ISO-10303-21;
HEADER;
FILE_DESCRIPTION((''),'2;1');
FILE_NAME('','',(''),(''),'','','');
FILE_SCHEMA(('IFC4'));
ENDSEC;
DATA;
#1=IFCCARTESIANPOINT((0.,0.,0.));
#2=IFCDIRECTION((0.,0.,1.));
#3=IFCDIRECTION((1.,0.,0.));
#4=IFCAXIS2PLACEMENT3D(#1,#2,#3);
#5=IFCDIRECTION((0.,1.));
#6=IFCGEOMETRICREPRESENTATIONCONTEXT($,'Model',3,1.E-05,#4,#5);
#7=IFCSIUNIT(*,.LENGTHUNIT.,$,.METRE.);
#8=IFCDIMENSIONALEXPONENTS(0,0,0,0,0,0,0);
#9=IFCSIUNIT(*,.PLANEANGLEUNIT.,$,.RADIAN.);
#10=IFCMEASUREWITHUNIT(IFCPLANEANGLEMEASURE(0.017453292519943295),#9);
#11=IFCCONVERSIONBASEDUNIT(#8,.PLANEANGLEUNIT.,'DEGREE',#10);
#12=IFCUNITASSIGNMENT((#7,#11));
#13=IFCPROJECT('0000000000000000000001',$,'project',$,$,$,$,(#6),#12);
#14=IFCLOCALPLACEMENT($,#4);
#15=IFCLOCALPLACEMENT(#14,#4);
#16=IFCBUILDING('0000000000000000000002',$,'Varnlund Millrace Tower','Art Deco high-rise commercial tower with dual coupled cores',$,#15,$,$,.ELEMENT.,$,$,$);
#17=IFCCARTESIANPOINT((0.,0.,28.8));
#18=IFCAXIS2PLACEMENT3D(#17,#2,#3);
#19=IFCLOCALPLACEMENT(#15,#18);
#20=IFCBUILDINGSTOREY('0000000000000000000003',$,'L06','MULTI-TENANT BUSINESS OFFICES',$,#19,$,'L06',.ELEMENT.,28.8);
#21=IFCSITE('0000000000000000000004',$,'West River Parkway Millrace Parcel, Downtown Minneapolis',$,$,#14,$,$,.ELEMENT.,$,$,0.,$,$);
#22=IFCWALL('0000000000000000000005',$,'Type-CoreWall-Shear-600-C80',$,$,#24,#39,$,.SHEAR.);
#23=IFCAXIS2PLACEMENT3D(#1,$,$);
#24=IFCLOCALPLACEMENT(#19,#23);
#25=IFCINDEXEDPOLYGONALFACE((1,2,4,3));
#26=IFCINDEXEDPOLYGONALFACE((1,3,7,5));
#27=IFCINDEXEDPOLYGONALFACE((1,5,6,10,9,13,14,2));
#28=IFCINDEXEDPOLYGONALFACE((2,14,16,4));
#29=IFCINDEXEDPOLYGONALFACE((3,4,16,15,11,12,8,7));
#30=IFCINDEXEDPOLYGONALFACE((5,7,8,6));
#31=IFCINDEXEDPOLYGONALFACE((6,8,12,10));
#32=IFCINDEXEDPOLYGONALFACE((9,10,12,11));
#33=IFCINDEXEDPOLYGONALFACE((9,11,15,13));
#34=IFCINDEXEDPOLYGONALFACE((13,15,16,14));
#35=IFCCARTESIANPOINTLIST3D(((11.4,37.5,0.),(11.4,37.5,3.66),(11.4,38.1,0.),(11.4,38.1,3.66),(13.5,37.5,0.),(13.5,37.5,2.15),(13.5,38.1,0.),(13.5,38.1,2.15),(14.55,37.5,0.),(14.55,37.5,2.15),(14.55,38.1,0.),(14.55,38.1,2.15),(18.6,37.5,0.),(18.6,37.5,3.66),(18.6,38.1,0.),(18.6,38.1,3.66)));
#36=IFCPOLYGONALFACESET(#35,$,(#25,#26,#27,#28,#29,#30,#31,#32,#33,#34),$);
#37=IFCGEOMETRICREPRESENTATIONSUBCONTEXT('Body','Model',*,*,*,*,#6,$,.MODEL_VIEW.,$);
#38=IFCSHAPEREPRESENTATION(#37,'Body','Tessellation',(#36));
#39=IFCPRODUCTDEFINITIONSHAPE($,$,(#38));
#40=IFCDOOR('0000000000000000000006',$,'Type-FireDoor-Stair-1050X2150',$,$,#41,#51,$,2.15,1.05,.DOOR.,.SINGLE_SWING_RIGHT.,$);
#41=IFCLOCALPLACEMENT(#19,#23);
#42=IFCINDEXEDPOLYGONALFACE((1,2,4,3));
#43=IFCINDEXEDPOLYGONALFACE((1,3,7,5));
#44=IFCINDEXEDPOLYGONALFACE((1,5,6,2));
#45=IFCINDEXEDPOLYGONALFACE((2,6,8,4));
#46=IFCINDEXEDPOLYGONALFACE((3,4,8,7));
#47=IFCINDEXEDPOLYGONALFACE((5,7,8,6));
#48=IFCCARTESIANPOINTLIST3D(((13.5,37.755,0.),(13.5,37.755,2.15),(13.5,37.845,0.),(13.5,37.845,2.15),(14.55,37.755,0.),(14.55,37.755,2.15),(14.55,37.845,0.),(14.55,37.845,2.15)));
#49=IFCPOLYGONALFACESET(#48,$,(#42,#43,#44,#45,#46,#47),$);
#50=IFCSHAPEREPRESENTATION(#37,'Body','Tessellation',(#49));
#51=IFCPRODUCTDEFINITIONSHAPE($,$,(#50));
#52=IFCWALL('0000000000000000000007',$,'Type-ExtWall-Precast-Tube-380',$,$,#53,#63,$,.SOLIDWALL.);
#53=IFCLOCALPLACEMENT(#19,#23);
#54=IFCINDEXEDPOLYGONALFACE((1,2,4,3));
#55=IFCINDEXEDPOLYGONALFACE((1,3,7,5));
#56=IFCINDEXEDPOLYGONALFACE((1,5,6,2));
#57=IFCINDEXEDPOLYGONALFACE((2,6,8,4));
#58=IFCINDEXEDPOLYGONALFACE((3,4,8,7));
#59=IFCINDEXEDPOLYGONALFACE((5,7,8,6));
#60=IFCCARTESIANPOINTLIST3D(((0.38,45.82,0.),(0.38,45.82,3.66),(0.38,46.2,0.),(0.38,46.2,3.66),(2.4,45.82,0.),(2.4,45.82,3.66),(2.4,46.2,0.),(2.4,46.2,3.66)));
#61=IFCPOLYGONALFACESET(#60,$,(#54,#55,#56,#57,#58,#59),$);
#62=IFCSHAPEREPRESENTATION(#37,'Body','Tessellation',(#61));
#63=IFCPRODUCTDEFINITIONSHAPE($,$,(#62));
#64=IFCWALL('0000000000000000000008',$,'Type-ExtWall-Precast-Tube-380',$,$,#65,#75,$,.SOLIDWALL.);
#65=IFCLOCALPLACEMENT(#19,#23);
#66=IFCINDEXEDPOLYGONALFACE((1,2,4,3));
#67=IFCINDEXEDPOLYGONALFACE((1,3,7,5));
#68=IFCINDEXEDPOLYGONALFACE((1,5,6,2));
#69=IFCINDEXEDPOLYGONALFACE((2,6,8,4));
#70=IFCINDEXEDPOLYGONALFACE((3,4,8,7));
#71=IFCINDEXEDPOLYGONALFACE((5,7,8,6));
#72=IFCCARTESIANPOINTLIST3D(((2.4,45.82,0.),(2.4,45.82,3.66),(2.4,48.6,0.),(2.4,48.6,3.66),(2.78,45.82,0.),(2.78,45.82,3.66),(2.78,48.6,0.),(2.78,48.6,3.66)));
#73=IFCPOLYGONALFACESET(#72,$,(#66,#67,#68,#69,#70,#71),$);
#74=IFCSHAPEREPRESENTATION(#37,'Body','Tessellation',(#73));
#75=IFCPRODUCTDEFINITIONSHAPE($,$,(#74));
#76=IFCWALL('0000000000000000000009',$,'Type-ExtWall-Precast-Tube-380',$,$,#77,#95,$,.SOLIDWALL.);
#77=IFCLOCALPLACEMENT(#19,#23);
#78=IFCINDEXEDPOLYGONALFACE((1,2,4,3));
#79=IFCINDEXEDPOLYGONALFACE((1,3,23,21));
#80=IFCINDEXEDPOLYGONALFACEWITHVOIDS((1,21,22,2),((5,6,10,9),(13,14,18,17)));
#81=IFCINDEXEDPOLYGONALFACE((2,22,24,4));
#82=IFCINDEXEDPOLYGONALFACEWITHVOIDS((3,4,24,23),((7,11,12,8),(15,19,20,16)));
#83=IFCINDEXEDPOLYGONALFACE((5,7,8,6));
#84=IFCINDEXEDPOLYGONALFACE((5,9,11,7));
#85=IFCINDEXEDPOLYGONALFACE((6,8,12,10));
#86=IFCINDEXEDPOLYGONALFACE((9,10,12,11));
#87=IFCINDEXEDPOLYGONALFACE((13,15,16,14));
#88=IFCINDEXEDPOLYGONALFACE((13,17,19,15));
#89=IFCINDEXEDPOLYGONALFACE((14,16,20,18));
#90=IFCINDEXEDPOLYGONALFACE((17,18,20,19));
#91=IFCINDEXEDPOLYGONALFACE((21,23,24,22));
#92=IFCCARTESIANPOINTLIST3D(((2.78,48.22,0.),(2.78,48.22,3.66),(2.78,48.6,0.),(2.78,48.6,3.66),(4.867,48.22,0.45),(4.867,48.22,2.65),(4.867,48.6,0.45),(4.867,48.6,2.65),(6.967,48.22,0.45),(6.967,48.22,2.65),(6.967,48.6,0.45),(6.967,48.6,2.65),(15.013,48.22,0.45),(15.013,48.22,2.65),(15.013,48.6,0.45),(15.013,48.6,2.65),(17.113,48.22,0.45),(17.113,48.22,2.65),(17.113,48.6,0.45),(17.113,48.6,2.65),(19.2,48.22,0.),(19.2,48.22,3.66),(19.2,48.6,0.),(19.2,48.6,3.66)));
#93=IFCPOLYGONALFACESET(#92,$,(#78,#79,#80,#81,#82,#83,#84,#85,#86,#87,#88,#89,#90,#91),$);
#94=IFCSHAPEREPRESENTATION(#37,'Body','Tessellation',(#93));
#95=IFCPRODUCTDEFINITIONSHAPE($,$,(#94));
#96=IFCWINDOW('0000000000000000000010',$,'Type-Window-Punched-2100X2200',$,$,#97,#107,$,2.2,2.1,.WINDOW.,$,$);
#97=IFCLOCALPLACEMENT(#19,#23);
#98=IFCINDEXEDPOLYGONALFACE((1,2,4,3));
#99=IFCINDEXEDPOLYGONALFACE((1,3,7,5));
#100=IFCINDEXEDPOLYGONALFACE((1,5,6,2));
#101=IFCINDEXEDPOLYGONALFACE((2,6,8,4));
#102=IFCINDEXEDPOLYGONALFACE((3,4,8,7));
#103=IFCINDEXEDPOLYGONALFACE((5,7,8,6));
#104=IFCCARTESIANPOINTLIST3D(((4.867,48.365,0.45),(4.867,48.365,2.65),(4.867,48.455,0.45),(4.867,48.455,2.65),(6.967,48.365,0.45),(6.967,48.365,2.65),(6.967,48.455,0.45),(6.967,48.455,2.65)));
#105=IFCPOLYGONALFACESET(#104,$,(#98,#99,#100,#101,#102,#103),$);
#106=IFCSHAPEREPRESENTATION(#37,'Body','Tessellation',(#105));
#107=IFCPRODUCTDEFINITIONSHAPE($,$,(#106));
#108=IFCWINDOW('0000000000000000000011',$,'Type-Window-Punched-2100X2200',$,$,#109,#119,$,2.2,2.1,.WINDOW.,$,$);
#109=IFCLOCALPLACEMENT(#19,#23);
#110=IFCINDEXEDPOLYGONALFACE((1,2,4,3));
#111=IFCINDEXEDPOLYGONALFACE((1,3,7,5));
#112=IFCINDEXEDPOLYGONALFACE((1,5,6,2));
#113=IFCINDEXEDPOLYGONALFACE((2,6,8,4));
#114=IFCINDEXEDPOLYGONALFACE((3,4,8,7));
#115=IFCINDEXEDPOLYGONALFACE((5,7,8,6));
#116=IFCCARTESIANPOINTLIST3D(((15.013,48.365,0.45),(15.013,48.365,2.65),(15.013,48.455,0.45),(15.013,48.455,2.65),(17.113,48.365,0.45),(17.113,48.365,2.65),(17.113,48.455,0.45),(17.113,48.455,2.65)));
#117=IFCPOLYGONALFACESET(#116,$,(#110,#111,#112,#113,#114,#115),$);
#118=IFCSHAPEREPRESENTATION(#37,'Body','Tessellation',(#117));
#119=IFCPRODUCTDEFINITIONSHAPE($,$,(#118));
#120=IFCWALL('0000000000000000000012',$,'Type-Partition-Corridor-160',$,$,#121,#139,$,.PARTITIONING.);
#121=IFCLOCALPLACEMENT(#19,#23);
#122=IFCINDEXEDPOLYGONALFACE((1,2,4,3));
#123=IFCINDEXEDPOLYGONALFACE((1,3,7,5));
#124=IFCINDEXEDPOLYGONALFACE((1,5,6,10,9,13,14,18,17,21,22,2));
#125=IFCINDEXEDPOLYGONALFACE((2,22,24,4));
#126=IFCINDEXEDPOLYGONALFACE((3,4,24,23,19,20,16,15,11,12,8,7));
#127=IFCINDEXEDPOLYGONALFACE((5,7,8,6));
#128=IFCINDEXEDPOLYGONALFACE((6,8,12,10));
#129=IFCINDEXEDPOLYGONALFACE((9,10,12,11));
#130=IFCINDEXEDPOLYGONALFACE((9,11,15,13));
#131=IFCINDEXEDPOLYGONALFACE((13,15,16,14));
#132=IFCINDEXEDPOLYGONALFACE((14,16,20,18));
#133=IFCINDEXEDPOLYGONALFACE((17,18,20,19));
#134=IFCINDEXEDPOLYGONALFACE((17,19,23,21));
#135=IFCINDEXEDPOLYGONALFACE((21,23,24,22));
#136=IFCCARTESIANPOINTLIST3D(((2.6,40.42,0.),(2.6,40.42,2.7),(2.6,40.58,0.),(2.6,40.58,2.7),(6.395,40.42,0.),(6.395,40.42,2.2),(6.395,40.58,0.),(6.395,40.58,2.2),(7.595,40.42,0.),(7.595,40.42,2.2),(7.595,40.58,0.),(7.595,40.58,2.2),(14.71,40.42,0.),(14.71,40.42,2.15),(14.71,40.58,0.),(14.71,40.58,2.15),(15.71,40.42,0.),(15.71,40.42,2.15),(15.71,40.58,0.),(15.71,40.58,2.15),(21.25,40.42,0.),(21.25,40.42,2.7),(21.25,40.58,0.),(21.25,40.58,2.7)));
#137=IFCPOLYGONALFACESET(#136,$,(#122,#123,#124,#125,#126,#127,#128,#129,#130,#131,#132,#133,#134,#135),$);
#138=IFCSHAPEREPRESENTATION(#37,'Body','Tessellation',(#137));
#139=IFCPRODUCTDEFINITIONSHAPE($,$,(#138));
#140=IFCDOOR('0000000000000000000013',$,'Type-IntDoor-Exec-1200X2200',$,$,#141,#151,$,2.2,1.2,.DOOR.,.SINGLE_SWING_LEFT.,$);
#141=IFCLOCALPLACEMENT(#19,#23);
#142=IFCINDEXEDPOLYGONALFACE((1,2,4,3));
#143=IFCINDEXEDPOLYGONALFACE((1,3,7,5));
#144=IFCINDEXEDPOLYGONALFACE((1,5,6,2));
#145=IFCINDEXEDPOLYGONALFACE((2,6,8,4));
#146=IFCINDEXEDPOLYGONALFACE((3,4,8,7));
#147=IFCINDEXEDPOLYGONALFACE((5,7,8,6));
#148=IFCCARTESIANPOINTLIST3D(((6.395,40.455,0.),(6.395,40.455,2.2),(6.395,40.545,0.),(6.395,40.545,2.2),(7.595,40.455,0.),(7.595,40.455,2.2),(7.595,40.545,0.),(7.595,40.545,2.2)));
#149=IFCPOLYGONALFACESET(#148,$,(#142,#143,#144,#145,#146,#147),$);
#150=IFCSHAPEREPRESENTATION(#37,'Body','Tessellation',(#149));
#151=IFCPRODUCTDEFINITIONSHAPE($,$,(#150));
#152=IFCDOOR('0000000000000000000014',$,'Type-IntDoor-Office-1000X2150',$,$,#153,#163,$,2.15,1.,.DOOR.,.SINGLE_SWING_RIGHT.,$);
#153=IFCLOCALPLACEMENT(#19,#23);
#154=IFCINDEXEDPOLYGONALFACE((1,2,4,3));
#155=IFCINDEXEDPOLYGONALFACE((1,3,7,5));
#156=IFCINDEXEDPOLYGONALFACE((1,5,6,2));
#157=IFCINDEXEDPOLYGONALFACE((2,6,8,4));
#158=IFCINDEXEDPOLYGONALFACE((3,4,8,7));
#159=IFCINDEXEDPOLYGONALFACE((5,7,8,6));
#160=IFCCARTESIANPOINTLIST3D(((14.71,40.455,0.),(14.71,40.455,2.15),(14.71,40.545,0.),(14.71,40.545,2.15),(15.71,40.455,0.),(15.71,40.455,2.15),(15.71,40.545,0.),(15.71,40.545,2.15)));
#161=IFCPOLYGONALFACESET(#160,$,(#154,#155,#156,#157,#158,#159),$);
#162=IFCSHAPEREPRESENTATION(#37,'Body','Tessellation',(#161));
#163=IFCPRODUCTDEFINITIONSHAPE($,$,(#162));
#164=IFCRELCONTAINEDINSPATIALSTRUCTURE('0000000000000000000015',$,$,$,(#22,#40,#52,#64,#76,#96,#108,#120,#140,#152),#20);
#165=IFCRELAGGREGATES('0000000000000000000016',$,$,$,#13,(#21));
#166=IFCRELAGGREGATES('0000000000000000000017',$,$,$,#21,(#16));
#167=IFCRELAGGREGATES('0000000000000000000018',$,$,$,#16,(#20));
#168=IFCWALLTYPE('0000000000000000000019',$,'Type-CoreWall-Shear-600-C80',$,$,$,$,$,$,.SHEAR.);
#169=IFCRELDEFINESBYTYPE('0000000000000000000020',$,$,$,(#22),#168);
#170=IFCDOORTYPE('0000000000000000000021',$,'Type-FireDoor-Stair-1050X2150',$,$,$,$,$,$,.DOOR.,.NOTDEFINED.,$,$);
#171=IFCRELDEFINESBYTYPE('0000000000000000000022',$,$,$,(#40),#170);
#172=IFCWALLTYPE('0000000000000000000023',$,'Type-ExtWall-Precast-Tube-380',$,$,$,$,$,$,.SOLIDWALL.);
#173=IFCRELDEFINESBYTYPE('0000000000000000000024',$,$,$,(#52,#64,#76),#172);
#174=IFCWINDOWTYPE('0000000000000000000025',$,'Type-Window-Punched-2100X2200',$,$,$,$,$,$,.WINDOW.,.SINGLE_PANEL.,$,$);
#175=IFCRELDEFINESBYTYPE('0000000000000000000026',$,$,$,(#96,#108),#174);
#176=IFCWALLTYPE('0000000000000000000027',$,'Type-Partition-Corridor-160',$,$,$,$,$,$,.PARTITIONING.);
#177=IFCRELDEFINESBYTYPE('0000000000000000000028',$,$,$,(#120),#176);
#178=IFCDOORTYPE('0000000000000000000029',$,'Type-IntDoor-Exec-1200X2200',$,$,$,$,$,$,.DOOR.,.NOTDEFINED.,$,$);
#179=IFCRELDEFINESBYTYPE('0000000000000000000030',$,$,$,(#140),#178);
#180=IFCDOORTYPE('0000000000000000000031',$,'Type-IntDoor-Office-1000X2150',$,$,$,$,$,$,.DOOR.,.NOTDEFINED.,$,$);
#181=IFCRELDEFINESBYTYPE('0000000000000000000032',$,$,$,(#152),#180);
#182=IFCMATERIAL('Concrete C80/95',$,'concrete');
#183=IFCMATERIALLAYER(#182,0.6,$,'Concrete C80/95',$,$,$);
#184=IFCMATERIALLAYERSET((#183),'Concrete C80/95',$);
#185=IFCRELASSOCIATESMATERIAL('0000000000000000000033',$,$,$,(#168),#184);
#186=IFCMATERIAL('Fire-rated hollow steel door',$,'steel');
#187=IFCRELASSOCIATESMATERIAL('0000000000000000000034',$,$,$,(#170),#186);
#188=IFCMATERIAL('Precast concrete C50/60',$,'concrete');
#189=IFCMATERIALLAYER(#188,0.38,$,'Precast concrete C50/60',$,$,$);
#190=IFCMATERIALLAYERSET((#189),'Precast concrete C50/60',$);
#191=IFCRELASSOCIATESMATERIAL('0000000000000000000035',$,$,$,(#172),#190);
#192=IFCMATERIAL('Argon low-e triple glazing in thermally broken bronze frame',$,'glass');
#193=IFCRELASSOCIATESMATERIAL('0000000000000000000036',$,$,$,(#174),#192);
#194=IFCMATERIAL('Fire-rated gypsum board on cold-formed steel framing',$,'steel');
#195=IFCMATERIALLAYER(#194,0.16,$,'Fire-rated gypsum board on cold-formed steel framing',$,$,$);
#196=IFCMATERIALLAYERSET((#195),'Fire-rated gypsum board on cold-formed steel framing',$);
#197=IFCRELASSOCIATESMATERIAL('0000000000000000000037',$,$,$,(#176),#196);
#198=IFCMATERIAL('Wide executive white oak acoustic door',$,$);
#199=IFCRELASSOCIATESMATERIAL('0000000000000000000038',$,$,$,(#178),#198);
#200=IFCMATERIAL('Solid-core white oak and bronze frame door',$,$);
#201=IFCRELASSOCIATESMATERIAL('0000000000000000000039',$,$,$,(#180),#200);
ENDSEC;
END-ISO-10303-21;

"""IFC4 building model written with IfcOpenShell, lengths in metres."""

from ifc_helpers import new_model, entity, si_unit, converted_unit, direction, frame, origin_with_axes, origin_2d_with_axis, place, context, subcontext, project, spatial, polyline, rectangle, outline, extrude, material, layer, layer_set, type_object, element, fill, save


model = new_model("IFC4")

# Units and contexts
model_context = context("Model", 3, precision=1e-05, world=origin_with_axes(), true_north=direction((0.0, 1.0)))
body_context = subcontext(model_context, "Body", "Model", "MODEL_VIEW")
ifc_project = project(units=[si_unit("LENGTHUNIT", "METRE"), converted_unit("PLANEANGLEUNIT", "DEGREE", entity("IfcPlaneAngleMeasure", 0.017453292519943295), si_unit("PLANEANGLEUNIT", "RADIAN"), dimensions=[0, 0, 0, 0, 0, 0, 0])], contexts=[model_context])

# Site, building, storey
site_placement = place(None, origin_with_axes())
site = spatial("IfcSite", under=ifc_project, at=site_placement, Name="West River Parkway Millrace Parcel, Downtown Minneapolis", CompositionType="ELEMENT", RefElevation=0.0)
building_placement = place(site_placement, origin_with_axes())
building = spatial("IfcBuilding", under=site, at=building_placement, Name="Varnlund Millrace Tower", Description="Art Deco high-rise commercial tower with dual coupled cores", CompositionType="ELEMENT")
storey_placement = place(building_placement, frame((0.0, 0.0, 28.8), z_axis=(0.0, 0.0, 1.0), x_axis=(1.0, 0.0, 0.0)))
storey = spatial("IfcBuildingStorey", under=building, at=storey_placement, Name="L06", Description="MULTI-TENANT BUSINESS OFFICES", LongName="L06", CompositionType="ELEMENT", Elevation=28.8)

# Shared definitions
ifc_material_1 = material(Name="Concrete C80/95", Category="concrete")

# Wall, opening, door
ifc_layer_1 = layer(ifc_material_1, 0.6, Name="Concrete C80/95")
ifc_layer_set_1 = layer_set([ifc_layer_1], Name="Concrete C80/95")
wall_type_1 = type_object("IfcWallType", Name="Type-CoreWall-Shear-600-C80", PredefinedType="SHEAR", material=ifc_layer_set_1)
wall_1_placement = place(storey_placement, frame((11.4, 37.8, 0.0), z_axis=(0.0, 0.0, 1.0), x_axis=(1.0, 0.0, 0.0)))
wall_1 = element("IfcWall", 1, at=wall_1_placement, inside=storey, type_object=wall_type_1, Name="Type-CoreWall-Shear-600-C80", PredefinedType="SHEAR", context=body_context, shape_type="SweptSolid", body=[
    extrude(outline(polyline([(0.0, -0.3), (7.2, -0.3), (7.2, 0.3), (0.0, 0.3), (0.0, -0.3)])), origin_with_axes(), (0.0, 0.0, 1.0), 3.66),
])
opening_1_placement = place(wall_1_placement, frame((2.625, 0.0, 0.0), z_axis=(0.0, 0.0, 1.0), x_axis=(1.0, 0.0, 0.0)))
opening_1 = element("IfcOpeningElement", 2, at=opening_1_placement, cuts=wall_1, PredefinedType="OPENING", context=body_context, shape_type="SweptSolid", body=[
    extrude(rectangle(XDim=1.05, YDim=0.62, at=origin_2d_with_axis()), origin_with_axes(), (0.0, 0.0, 1.0), 2.15),
])
ifc_material_2 = material(Name="Fire-rated hollow steel door", Category="steel")
door_type_1 = type_object("IfcDoorType", Name="Type-FireDoor-Stair-1050X2150", OperationType="NOTDEFINED", PredefinedType="DOOR", material=ifc_material_2)
door_1_placement = place(wall_1_placement, frame((2.625, 0.0, 0.0), z_axis=(0.0, 0.0, 1.0), x_axis=(1.0, 0.0, 0.0)))
door_1 = element("IfcDoor", 3, at=door_1_placement, inside=storey, type_object=door_type_1, Name="Type-FireDoor-Stair-1050X2150", OperationType="SINGLE_SWING_RIGHT", OverallHeight=2.15, OverallWidth=1.05, PredefinedType="DOOR", context=body_context, shape_type="SweptSolid", body=[
    extrude(rectangle(XDim=1.05, YDim=0.09, at=origin_2d_with_axis()), origin_with_axes(), (0.0, 0.0, 1.0), 2.15),
])
fill(opening_1, door_1)

# Walls
ifc_material_3 = material(Name="Precast concrete C50/60", Category="concrete")
ifc_layer_2 = layer(ifc_material_3, 0.38, Name="Precast concrete C50/60")
ifc_layer_set_2 = layer_set([ifc_layer_2], Name="Precast concrete C50/60")
wall_type_2 = type_object("IfcWallType", Name="Type-ExtWall-Precast-Tube-380", PredefinedType="SOLIDWALL", material=ifc_layer_set_2)
wall_2_placement = place(storey_placement, frame((0.38, 46.01, 0.0), z_axis=(0.0, 0.0, 1.0), x_axis=(1.0, 0.0, 0.0)))
element("IfcWall", 4, at=wall_2_placement, inside=storey, type_object=wall_type_2, Name="Type-ExtWall-Precast-Tube-380", PredefinedType="SOLIDWALL", context=body_context, shape_type="SweptSolid", body=[
    extrude(outline(polyline([(0.0, -0.19), (2.02, -0.19), (2.02, 0.19), (0.0, 0.19), (0.0, -0.19)])), origin_with_axes(), (0.0, 0.0, 1.0), 3.66),
])
wall_3_placement = place(storey_placement, frame((2.59, 45.82, 0.0), z_axis=(0.0, 0.0, 1.0), x_axis=(0.0, 1.0, 0.0)))
element("IfcWall", 5, at=wall_3_placement, inside=storey, type_object=wall_type_2, Name="Type-ExtWall-Precast-Tube-380", PredefinedType="SOLIDWALL", context=body_context, shape_type="SweptSolid", body=[
    extrude(outline(polyline([(0.0, -0.19), (2.78, -0.19), (2.78, 0.19), (0.0, 0.19), (0.0, -0.19)])), origin_with_axes(), (0.0, 0.0, 1.0), 3.66),
])

# Wall, openings, windows
wall_4_placement = place(storey_placement, frame((2.78, 48.41, 0.0), z_axis=(0.0, 0.0, 1.0), x_axis=(1.0, 0.0, 0.0)))
wall_4 = element("IfcWall", 6, at=wall_4_placement, inside=storey, type_object=wall_type_2, Name="Type-ExtWall-Precast-Tube-380", PredefinedType="SOLIDWALL", context=body_context, shape_type="SweptSolid", body=[
    extrude(outline(polyline([(0.0, -0.19), (16.42, -0.19), (16.42, 0.19), (0.0, 0.19), (0.0, -0.19)])), origin_with_axes(), (0.0, 0.0, 1.0), 3.66),
])
opening_2_placement = place(wall_4_placement, frame((3.137, 0.0, 0.45), z_axis=(0.0, 0.0, 1.0), x_axis=(1.0, 0.0, 0.0)))
opening_2 = element("IfcOpeningElement", 7, at=opening_2_placement, cuts=wall_4, PredefinedType="OPENING", context=body_context, shape_type="SweptSolid", body=[
    extrude(rectangle(XDim=2.1, YDim=0.4, at=origin_2d_with_axis()), origin_with_axes(), (0.0, 0.0, 1.0), 2.2),
])
opening_3_placement = place(wall_4_placement, frame((13.283, 0.0, 0.45), z_axis=(0.0, 0.0, 1.0), x_axis=(1.0, 0.0, 0.0)))
opening_3 = element("IfcOpeningElement", 8, at=opening_3_placement, cuts=wall_4, PredefinedType="OPENING", context=body_context, shape_type="SweptSolid", body=[
    extrude(rectangle(XDim=2.1, YDim=0.4, at=origin_2d_with_axis()), origin_with_axes(), (0.0, 0.0, 1.0), 2.2),
])
ifc_material_4 = material(Name="Argon low-e triple glazing in thermally broken bronze frame", Category="glass")
window_type = type_object("IfcWindowType", Name="Type-Window-Punched-2100X2200", PartitioningType="SINGLE_PANEL", PredefinedType="WINDOW", material=ifc_material_4)
window_1_placement = place(wall_4_placement, frame((3.137, 0.0, 0.45), z_axis=(0.0, 0.0, 1.0), x_axis=(1.0, 0.0, 0.0)))
window_1 = element("IfcWindow", 9, at=window_1_placement, inside=storey, type_object=window_type, Name="Type-Window-Punched-2100X2200", OverallHeight=2.2, OverallWidth=2.1, PredefinedType="WINDOW", context=body_context, shape_type="SweptSolid", body=[
    extrude(rectangle(XDim=2.1, YDim=0.09, at=origin_2d_with_axis()), origin_with_axes(), (0.0, 0.0, 1.0), 2.2),
])
fill(opening_2, window_1)
window_2_placement = place(wall_4_placement, frame((13.283, 0.0, 0.45), z_axis=(0.0, 0.0, 1.0), x_axis=(1.0, 0.0, 0.0)))
window_2 = element("IfcWindow", 10, at=window_2_placement, inside=storey, type_object=window_type, Name="Type-Window-Punched-2100X2200", OverallHeight=2.2, OverallWidth=2.1, PredefinedType="WINDOW", context=body_context, shape_type="SweptSolid", body=[
    extrude(rectangle(XDim=2.1, YDim=0.09, at=origin_2d_with_axis()), origin_with_axes(), (0.0, 0.0, 1.0), 2.2),
])
fill(opening_3, window_2)

# Wall, openings, doors
ifc_material_5 = material(Name="Fire-rated gypsum board on cold-formed steel framing", Category="steel")
ifc_layer_3 = layer(ifc_material_5, 0.16, Name="Fire-rated gypsum board on cold-formed steel framing")
ifc_layer_set_3 = layer_set([ifc_layer_3], Name="Fire-rated gypsum board on cold-formed steel framing")
wall_type_3 = type_object("IfcWallType", Name="Type-Partition-Corridor-160", PredefinedType="PARTITIONING", material=ifc_layer_set_3)
wall_5_placement = place(storey_placement, frame((2.6, 40.5, 0.0), z_axis=(0.0, 0.0, 1.0), x_axis=(1.0, 0.0, 0.0)))
wall_5 = element("IfcWall", 11, at=wall_5_placement, inside=storey, type_object=wall_type_3, Name="Type-Partition-Corridor-160", PredefinedType="PARTITIONING", context=body_context, shape_type="SweptSolid", body=[
    extrude(outline(polyline([(0.0, -0.08), (18.65, -0.08), (18.65, 0.08), (0.0, 0.08), (0.0, -0.08)])), origin_with_axes(), (0.0, 0.0, 1.0), 2.7),
])
opening_4_placement = place(wall_5_placement, frame((4.395, 0.0, 0.0), z_axis=(0.0, 0.0, 1.0), x_axis=(1.0, 0.0, 0.0)))
opening_4 = element("IfcOpeningElement", 12, at=opening_4_placement, cuts=wall_5, PredefinedType="OPENING", context=body_context, shape_type="SweptSolid", body=[
    extrude(rectangle(XDim=1.2, YDim=0.18, at=origin_2d_with_axis()), origin_with_axes(), (0.0, 0.0, 1.0), 2.2),
])
opening_5_placement = place(wall_5_placement, frame((12.61, 0.0, 0.0), z_axis=(0.0, 0.0, 1.0), x_axis=(1.0, 0.0, 0.0)))
opening_5 = element("IfcOpeningElement", 13, at=opening_5_placement, cuts=wall_5, PredefinedType="OPENING", context=body_context, shape_type="SweptSolid", body=[
    extrude(rectangle(XDim=1.0, YDim=0.18, at=origin_2d_with_axis()), origin_with_axes(), (0.0, 0.0, 1.0), 2.15),
])
ifc_material_6 = material(Name="Wide executive white oak acoustic door")
door_type_2 = type_object("IfcDoorType", Name="Type-IntDoor-Exec-1200X2200", OperationType="NOTDEFINED", PredefinedType="DOOR", material=ifc_material_6)
door_2_placement = place(wall_5_placement, frame((4.395, 0.0, 0.0), z_axis=(0.0, 0.0, 1.0), x_axis=(1.0, 0.0, 0.0)))
door_2 = element("IfcDoor", 14, at=door_2_placement, inside=storey, type_object=door_type_2, Name="Type-IntDoor-Exec-1200X2200", OperationType="SINGLE_SWING_LEFT", OverallHeight=2.2, OverallWidth=1.2, PredefinedType="DOOR", context=body_context, shape_type="SweptSolid", body=[
    extrude(rectangle(XDim=1.2, YDim=0.09, at=origin_2d_with_axis()), origin_with_axes(), (0.0, 0.0, 1.0), 2.2),
])
fill(opening_4, door_2)
ifc_material_7 = material(Name="Solid-core white oak and bronze frame door")
door_type_3 = type_object("IfcDoorType", Name="Type-IntDoor-Office-1000X2150", OperationType="NOTDEFINED", PredefinedType="DOOR", material=ifc_material_7)
door_3_placement = place(wall_5_placement, frame((12.61, 0.0, 0.0), z_axis=(0.0, 0.0, 1.0), x_axis=(1.0, 0.0, 0.0)))
door_3 = element("IfcDoor", 15, at=door_3_placement, inside=storey, type_object=door_type_3, Name="Type-IntDoor-Office-1000X2150", OperationType="SINGLE_SWING_RIGHT", OverallHeight=2.15, OverallWidth=1.0, PredefinedType="DOOR", context=body_context, shape_type="SweptSolid", body=[
    extrude(rectangle(XDim=1.0, YDim=0.09, at=origin_2d_with_axis()), origin_with_axes(), (0.0, 0.0, 1.0), 2.15),
])
fill(opening_5, door_3)

save(model, "model.ifc")
